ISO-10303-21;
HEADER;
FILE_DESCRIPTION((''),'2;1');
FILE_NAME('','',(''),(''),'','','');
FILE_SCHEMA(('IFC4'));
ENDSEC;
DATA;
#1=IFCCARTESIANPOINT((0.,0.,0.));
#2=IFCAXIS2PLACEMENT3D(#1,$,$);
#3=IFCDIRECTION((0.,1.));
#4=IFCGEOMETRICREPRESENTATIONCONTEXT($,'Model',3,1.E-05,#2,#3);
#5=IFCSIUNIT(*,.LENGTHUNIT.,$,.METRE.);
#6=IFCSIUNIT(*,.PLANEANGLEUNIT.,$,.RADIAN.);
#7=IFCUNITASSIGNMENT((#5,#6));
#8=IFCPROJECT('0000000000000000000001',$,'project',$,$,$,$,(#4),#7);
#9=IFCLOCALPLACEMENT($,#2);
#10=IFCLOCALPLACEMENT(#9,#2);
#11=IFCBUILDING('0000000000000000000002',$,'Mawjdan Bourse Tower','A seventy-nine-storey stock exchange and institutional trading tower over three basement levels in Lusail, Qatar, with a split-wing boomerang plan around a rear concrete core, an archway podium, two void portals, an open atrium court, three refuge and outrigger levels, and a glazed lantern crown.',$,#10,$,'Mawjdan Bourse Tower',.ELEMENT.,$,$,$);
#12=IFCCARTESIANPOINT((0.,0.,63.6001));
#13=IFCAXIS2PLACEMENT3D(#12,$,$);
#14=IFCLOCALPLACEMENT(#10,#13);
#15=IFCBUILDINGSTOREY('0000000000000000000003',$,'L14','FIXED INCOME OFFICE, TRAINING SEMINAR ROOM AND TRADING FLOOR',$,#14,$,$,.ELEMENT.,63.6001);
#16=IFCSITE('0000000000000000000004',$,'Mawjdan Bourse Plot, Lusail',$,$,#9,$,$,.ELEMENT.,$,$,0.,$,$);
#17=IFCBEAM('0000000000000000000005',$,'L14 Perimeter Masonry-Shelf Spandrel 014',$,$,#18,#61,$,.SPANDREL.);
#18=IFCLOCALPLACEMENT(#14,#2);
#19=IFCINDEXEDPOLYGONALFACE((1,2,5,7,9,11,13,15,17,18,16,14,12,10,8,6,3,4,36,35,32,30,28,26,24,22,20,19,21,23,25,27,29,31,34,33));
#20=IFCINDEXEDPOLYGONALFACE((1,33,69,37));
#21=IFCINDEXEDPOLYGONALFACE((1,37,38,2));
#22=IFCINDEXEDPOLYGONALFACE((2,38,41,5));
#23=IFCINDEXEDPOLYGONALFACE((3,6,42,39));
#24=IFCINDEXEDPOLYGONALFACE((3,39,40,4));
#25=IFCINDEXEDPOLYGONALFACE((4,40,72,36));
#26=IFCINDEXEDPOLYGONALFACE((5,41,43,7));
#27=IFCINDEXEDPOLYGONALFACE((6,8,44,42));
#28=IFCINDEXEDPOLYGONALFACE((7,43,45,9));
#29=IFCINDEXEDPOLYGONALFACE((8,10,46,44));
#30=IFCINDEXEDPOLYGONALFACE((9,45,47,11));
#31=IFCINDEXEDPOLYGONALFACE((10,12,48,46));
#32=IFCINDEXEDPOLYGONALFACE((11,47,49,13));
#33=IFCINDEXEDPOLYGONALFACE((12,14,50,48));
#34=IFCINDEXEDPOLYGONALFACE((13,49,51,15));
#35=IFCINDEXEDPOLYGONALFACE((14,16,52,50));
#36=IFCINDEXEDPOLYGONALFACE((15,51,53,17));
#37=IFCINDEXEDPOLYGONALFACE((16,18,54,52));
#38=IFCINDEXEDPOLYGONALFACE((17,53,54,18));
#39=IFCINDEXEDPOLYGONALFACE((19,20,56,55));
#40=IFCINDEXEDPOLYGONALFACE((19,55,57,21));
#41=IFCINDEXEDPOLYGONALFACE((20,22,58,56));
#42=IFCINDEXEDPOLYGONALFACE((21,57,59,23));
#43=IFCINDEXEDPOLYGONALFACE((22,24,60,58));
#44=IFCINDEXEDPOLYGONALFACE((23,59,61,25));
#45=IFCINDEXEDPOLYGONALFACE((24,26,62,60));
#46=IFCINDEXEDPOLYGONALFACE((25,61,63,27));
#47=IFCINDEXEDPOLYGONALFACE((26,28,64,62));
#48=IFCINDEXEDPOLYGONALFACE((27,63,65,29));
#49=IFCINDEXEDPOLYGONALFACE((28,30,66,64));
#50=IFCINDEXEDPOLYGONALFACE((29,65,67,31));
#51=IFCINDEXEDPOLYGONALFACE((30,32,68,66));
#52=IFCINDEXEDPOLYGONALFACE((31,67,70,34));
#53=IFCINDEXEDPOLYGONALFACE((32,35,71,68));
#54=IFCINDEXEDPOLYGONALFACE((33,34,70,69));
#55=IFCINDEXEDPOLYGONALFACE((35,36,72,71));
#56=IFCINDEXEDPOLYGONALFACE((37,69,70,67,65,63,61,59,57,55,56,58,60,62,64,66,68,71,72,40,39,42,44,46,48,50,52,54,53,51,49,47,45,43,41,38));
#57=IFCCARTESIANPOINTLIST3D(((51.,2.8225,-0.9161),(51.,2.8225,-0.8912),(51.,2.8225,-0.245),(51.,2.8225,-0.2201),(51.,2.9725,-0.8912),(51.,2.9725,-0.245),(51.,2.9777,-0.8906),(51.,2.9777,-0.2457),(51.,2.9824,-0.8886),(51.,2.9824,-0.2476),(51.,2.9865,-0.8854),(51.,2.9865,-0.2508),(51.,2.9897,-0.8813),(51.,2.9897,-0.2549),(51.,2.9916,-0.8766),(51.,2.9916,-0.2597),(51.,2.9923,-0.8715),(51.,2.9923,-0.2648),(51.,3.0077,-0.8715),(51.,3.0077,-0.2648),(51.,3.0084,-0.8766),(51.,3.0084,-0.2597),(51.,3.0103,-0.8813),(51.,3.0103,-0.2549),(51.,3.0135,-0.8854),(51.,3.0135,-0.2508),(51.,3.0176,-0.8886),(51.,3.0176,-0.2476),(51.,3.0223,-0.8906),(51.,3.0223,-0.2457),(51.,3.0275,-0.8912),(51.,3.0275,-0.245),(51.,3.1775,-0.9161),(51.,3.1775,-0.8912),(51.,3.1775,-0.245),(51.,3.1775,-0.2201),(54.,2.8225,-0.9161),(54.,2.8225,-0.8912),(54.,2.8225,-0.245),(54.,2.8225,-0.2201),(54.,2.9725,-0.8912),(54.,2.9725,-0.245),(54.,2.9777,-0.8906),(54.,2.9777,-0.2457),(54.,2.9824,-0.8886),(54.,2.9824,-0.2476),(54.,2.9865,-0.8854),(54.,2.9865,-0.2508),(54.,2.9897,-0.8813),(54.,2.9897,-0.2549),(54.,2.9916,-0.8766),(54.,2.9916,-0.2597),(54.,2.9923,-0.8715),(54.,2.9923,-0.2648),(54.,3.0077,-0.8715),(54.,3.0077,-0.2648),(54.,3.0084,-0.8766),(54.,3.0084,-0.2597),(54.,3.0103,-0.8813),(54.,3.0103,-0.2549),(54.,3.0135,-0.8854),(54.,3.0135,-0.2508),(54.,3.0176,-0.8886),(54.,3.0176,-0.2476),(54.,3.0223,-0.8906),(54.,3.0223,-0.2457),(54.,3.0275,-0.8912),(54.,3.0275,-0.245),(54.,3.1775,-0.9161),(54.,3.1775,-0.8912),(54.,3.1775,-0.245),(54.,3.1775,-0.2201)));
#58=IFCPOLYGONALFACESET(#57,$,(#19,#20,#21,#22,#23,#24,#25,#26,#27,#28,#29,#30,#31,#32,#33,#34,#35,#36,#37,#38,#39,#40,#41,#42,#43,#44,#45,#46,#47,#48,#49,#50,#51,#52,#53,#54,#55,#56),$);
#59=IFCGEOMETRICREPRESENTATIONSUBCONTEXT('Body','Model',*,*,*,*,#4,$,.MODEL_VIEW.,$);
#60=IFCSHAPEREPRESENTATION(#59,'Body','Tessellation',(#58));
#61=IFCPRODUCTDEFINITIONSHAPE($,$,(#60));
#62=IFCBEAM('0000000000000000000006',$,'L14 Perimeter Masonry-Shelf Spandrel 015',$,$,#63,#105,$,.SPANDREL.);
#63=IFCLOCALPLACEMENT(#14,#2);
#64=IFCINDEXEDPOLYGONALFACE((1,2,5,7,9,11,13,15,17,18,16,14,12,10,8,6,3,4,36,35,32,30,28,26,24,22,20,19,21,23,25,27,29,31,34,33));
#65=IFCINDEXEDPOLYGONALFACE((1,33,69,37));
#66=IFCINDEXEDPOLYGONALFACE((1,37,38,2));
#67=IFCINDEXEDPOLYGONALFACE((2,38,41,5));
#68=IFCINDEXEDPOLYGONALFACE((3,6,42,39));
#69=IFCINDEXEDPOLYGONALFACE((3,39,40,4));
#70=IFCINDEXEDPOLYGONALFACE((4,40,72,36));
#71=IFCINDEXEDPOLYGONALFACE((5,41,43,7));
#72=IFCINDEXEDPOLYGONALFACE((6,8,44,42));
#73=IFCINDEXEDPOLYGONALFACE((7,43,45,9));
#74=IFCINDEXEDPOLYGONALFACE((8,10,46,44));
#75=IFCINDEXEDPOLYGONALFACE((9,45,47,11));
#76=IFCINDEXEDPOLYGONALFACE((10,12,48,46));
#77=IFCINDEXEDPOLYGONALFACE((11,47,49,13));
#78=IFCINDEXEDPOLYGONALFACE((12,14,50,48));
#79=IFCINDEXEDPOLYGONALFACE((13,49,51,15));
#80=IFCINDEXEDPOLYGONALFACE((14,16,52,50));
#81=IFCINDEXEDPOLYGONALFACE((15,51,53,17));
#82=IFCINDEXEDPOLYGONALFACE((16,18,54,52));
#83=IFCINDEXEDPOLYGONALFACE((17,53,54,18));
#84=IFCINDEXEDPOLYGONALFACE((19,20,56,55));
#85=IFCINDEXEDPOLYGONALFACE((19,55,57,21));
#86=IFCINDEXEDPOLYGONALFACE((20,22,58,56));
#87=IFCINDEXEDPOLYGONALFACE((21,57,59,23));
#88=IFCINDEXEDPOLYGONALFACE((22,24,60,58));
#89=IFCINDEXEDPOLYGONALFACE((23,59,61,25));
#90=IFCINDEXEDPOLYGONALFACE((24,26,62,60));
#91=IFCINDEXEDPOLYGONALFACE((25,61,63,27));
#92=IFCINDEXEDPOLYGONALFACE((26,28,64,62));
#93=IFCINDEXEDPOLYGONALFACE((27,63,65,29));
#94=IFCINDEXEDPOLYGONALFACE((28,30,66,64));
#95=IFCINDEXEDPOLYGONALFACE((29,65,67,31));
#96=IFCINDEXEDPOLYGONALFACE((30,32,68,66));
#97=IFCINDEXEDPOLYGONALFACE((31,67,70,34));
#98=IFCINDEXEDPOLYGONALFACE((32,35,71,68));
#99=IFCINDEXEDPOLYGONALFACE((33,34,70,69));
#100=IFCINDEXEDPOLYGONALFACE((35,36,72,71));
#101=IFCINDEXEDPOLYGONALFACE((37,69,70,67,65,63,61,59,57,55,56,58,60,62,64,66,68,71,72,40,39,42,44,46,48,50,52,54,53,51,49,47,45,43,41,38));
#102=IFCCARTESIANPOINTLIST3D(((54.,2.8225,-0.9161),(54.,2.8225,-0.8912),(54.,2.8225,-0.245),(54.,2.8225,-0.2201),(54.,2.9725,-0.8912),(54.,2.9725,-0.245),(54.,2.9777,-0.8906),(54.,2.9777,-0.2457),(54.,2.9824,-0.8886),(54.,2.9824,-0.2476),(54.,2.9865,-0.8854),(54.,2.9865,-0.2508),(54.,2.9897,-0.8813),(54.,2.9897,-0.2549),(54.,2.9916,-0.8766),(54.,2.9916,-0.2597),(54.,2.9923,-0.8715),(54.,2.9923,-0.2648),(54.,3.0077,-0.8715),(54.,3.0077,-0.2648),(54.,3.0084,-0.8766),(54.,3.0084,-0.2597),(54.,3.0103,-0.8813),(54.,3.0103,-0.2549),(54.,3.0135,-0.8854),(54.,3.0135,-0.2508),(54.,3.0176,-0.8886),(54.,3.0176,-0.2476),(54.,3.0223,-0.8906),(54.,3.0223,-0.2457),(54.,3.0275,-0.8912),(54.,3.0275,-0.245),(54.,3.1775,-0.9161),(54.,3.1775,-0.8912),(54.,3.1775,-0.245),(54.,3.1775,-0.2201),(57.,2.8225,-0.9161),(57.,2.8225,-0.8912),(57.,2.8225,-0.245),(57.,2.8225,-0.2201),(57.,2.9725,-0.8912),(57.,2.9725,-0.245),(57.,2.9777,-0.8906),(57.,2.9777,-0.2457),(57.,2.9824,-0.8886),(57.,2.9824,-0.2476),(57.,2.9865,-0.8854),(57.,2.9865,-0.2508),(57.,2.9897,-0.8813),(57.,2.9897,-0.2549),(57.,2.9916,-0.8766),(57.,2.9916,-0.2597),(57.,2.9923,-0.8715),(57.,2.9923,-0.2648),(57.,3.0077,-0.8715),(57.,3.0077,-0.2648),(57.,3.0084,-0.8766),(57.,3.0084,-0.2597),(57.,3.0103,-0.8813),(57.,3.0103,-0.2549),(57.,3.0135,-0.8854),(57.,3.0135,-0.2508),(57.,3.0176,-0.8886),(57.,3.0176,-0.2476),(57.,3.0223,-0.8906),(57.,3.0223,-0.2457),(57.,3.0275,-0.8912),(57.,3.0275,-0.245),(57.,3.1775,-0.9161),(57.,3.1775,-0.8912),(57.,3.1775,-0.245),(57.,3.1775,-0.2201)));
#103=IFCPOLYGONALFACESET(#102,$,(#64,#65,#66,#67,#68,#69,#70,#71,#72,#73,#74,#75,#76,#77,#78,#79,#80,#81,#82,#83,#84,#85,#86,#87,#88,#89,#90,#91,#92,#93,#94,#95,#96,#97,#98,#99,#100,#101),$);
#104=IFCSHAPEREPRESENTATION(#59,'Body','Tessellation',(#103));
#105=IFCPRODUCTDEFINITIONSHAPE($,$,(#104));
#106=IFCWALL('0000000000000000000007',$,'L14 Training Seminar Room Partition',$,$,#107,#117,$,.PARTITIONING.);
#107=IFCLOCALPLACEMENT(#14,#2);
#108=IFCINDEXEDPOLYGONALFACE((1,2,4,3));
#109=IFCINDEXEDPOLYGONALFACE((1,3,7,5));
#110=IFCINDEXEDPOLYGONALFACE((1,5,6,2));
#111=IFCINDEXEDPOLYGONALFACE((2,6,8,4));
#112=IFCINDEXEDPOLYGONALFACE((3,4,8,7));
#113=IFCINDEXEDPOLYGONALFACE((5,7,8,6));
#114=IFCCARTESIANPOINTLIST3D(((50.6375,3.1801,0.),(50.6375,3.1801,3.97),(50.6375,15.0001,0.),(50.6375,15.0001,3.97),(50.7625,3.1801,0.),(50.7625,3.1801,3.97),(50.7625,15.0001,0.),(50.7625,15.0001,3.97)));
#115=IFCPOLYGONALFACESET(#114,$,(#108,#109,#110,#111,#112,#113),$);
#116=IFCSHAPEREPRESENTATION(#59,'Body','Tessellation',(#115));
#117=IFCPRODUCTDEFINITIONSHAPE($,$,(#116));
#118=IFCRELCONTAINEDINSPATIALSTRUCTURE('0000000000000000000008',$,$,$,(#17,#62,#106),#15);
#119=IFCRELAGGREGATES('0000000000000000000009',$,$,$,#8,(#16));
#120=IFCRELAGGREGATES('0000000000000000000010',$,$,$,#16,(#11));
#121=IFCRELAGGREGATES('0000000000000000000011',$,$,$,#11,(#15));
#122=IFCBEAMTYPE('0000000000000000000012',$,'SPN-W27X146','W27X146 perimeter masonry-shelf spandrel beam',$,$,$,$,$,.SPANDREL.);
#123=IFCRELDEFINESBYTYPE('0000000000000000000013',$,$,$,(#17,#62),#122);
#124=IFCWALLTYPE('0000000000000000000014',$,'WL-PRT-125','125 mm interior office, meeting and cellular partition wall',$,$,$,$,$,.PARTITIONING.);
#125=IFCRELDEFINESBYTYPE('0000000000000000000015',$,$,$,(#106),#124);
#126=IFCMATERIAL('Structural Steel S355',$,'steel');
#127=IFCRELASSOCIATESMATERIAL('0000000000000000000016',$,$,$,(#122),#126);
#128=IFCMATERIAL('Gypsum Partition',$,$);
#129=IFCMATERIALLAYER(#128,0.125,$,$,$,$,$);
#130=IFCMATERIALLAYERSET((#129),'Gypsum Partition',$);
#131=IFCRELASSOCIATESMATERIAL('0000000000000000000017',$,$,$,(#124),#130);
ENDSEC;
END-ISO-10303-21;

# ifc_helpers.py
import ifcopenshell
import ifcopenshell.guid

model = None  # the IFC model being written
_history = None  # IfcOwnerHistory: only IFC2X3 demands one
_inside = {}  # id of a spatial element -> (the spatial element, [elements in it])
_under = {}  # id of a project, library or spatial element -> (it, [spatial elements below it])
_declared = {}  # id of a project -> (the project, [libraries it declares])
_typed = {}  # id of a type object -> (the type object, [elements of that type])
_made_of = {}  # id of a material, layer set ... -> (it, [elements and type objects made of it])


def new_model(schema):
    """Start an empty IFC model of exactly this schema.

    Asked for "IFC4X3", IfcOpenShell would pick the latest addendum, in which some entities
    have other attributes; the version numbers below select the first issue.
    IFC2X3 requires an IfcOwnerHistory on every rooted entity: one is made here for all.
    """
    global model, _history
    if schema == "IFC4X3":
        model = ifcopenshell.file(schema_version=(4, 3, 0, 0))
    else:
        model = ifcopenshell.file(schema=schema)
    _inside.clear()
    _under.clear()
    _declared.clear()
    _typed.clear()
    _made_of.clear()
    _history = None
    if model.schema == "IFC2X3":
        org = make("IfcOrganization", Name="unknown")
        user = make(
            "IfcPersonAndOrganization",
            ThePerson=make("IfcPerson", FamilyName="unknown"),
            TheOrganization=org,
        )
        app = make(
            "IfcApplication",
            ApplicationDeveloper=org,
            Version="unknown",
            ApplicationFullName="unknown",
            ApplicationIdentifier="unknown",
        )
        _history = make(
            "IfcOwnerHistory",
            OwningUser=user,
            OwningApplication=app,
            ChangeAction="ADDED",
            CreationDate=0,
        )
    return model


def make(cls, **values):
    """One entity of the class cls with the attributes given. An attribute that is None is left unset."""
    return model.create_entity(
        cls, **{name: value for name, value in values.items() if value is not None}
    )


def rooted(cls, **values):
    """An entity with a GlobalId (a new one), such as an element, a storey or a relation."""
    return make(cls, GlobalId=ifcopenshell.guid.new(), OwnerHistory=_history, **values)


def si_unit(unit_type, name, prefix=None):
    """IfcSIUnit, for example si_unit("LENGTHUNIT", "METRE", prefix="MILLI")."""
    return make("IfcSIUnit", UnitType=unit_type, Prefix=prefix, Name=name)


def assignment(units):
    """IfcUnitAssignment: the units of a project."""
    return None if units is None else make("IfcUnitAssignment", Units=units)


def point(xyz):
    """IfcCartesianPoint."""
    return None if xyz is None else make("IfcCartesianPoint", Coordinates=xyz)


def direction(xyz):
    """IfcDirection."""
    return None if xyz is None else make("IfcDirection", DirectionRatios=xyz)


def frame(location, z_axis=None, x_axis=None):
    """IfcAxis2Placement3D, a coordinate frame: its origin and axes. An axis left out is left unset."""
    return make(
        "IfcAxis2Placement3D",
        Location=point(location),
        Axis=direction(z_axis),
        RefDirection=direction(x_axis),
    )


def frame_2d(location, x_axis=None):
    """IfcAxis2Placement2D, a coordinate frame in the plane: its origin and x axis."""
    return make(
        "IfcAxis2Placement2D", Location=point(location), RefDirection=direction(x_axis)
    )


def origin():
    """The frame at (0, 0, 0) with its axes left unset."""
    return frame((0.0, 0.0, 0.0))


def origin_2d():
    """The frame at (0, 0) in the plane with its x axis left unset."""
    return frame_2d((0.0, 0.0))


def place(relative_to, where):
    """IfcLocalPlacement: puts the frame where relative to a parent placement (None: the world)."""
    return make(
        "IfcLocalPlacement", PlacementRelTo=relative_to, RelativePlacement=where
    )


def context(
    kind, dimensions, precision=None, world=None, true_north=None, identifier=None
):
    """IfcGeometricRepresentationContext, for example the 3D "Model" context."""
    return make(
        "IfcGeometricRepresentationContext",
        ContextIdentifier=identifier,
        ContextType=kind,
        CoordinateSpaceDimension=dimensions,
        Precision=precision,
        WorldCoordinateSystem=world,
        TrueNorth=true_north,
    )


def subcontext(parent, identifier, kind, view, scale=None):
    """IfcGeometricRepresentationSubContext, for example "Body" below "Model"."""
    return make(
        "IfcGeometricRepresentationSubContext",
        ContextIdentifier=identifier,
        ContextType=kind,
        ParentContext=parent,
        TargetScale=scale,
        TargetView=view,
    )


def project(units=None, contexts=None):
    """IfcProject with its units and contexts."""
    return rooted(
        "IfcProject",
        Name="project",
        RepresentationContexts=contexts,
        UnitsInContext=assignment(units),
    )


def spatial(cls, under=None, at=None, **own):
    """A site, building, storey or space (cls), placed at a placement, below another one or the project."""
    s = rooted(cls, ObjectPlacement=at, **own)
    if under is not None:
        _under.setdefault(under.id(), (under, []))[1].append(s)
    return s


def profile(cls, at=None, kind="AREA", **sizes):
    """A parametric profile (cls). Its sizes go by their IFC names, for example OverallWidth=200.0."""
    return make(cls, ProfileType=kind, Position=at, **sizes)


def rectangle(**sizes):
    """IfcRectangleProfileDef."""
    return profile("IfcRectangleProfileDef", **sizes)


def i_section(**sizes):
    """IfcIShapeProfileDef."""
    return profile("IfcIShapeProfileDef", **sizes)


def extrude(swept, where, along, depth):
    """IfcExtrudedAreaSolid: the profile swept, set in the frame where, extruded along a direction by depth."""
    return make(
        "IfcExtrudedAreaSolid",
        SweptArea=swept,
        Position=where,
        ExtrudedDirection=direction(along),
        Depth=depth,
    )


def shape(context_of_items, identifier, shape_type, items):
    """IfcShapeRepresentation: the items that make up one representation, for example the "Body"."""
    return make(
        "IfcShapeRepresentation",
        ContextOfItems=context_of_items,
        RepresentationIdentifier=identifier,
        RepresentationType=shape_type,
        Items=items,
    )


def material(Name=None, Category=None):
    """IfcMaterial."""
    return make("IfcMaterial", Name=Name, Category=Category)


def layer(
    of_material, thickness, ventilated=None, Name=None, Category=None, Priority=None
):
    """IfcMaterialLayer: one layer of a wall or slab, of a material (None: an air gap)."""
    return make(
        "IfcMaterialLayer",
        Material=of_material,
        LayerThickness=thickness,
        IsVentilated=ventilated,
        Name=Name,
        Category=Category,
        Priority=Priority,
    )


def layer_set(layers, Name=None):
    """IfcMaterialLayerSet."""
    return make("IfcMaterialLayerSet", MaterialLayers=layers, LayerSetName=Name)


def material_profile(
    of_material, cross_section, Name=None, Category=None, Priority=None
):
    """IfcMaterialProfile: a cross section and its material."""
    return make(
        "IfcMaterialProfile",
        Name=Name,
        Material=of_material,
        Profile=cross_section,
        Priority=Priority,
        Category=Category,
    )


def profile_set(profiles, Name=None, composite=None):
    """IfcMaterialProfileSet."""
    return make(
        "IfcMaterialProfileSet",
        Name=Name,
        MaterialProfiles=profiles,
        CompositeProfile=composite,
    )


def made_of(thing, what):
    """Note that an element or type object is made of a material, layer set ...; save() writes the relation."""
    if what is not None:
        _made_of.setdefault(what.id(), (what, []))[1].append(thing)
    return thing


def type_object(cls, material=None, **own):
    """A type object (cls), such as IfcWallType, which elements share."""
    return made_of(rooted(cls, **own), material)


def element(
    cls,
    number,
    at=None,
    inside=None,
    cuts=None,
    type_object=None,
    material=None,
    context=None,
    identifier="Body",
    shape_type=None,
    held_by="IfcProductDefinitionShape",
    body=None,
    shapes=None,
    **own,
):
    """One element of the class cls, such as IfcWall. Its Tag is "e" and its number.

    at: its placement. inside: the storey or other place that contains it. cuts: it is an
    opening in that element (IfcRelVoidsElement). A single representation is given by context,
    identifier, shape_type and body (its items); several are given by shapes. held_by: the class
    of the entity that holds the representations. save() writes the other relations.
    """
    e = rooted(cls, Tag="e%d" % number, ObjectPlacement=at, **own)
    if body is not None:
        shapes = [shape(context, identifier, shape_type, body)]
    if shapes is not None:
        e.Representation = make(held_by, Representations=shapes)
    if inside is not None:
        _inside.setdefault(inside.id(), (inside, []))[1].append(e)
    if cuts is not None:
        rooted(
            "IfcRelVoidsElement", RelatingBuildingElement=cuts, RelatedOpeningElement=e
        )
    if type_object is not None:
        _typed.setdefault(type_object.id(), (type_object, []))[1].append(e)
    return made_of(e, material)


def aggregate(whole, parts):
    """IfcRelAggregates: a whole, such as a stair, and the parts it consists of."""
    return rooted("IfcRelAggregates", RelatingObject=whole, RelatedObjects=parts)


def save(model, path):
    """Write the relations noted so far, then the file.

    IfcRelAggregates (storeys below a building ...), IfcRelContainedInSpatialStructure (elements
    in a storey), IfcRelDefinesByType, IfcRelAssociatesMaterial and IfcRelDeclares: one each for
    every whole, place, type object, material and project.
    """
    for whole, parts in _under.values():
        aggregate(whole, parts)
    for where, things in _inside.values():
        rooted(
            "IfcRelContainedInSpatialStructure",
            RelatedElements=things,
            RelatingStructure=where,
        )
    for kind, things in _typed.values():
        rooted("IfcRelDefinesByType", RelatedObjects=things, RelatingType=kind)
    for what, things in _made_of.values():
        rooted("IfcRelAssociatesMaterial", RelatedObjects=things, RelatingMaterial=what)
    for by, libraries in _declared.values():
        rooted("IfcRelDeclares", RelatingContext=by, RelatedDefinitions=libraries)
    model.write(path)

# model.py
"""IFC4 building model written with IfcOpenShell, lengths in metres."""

from ifc_helpers import new_model, si_unit, direction, frame, frame_2d, origin, origin_2d, place, context, subcontext, project, spatial, rectangle, i_section, extrude, material, layer, layer_set, material_profile, profile_set, type_object, element, save


model = new_model("IFC4")

# Units and contexts
model_context = context("Model", 3, precision=1e-05, world=origin(), true_north=direction((0.0, 1.0)))
body_context = subcontext(model_context, "Body", "Model", "MODEL_VIEW")
ifc_project = project(units=[si_unit("LENGTHUNIT", "METRE"), si_unit("PLANEANGLEUNIT", "RADIAN")], contexts=[model_context])

# Site, building, storey
site_placement = place(None, origin())
site = spatial("IfcSite", under=ifc_project, at=site_placement, Name="Mawjdan Bourse Plot, Lusail", CompositionType="ELEMENT", RefElevation=0.0)
building_placement = place(site_placement, origin())
building = spatial("IfcBuilding", under=site, at=building_placement, Name="Mawjdan Bourse Tower", Description="A seventy-nine-storey stock exchange and institutional trading tower over three basement levels in Lusail, Qatar, with a split-wing boomerang plan around a rear concrete core, an archway podium, two void portals, an open atrium court, three refuge and outrigger levels, and a glazed lantern crown.", LongName="Mawjdan Bourse Tower", CompositionType="ELEMENT")
storey_placement = place(building_placement, frame((0.0, 0.0, 63.6001)))
storey = spatial("IfcBuildingStorey", under=building, at=storey_placement, Name="L14", Description="FIXED INCOME OFFICE, TRAINING SEMINAR ROOM AND TRADING FLOOR", CompositionType="ELEMENT", Elevation=63.6001)

# Beams
ifc_material_1 = material(Name="Structural Steel S355", Category="steel")
ifc_material_profile_1 = material_profile(ifc_material_1, i_section(OverallWidth=0.355, OverallDepth=0.696, WebThickness=0.0154, FlangeThickness=0.0249, FilletRadius=0.0198, at=origin_2d()), Name="W27X146")
ifc_profile_set_1 = profile_set([ifc_material_profile_1], Name="Structural Steel S355")
beam_type_1 = type_object("IfcBeamType", Name="SPN-W27X146", Description="W27X146 perimeter masonry-shelf spandrel beam", PredefinedType="SPANDREL", material=ifc_profile_set_1)
for number, where, z_axis, x_axis, name in (
    (1, (51.0, 3.0, -0.5681), (1.0, 0.0, 0.0), (0.0, 1.0, 0.0), "L14 Perimeter Masonry-Shelf Spandrel 014"),
    (2, (54.0, 3.0, -0.5681), (1.0, 0.0, 0.0), (0.0, 1.0, 0.0), "L14 Perimeter Masonry-Shelf Spandrel 015"),
):
    element("IfcBeam", number, at=place(storey_placement, frame(where, z_axis=z_axis, x_axis=x_axis)), inside=storey, type_object=beam_type_1, Name=name, PredefinedType="SPANDREL", context=body_context, shape_type="SweptSolid", body=[
        extrude(i_section(OverallWidth=0.355, OverallDepth=0.696, WebThickness=0.0154, FlangeThickness=0.0249, FilletRadius=0.0198, at=origin_2d()), origin(), (0.0, 0.0, 1.0), 3.0),
    ])

# Wall
ifc_material_2 = material(Name="Gypsum Partition")
ifc_layer = layer(ifc_material_2, 0.125)
ifc_layer_set = layer_set([ifc_layer], Name="Gypsum Partition")
wall_type = type_object("IfcWallType", Name="WL-PRT-125", Description="125 mm interior office, meeting and cellular partition wall", PredefinedType="PARTITIONING", material=ifc_layer_set)
wall_placement = place(storey_placement, frame((50.7, 3.1799, 0.0), z_axis=(0.0, 0.0, 1.0), x_axis=(0.0, 1.0, 0.0)))
element("IfcWall", 3, at=wall_placement, inside=storey, type_object=wall_type, Name="L14 Training Seminar Room Partition", PredefinedType="PARTITIONING", context=body_context, shape_type="SweptSolid", body=[
    extrude(rectangle(XDim=11.8201, YDim=0.125, at=frame_2d((5.9102, 0.0))), origin(), (0.0, 0.0, 1.0), 3.97),
])

save(model, "model.ifc")
